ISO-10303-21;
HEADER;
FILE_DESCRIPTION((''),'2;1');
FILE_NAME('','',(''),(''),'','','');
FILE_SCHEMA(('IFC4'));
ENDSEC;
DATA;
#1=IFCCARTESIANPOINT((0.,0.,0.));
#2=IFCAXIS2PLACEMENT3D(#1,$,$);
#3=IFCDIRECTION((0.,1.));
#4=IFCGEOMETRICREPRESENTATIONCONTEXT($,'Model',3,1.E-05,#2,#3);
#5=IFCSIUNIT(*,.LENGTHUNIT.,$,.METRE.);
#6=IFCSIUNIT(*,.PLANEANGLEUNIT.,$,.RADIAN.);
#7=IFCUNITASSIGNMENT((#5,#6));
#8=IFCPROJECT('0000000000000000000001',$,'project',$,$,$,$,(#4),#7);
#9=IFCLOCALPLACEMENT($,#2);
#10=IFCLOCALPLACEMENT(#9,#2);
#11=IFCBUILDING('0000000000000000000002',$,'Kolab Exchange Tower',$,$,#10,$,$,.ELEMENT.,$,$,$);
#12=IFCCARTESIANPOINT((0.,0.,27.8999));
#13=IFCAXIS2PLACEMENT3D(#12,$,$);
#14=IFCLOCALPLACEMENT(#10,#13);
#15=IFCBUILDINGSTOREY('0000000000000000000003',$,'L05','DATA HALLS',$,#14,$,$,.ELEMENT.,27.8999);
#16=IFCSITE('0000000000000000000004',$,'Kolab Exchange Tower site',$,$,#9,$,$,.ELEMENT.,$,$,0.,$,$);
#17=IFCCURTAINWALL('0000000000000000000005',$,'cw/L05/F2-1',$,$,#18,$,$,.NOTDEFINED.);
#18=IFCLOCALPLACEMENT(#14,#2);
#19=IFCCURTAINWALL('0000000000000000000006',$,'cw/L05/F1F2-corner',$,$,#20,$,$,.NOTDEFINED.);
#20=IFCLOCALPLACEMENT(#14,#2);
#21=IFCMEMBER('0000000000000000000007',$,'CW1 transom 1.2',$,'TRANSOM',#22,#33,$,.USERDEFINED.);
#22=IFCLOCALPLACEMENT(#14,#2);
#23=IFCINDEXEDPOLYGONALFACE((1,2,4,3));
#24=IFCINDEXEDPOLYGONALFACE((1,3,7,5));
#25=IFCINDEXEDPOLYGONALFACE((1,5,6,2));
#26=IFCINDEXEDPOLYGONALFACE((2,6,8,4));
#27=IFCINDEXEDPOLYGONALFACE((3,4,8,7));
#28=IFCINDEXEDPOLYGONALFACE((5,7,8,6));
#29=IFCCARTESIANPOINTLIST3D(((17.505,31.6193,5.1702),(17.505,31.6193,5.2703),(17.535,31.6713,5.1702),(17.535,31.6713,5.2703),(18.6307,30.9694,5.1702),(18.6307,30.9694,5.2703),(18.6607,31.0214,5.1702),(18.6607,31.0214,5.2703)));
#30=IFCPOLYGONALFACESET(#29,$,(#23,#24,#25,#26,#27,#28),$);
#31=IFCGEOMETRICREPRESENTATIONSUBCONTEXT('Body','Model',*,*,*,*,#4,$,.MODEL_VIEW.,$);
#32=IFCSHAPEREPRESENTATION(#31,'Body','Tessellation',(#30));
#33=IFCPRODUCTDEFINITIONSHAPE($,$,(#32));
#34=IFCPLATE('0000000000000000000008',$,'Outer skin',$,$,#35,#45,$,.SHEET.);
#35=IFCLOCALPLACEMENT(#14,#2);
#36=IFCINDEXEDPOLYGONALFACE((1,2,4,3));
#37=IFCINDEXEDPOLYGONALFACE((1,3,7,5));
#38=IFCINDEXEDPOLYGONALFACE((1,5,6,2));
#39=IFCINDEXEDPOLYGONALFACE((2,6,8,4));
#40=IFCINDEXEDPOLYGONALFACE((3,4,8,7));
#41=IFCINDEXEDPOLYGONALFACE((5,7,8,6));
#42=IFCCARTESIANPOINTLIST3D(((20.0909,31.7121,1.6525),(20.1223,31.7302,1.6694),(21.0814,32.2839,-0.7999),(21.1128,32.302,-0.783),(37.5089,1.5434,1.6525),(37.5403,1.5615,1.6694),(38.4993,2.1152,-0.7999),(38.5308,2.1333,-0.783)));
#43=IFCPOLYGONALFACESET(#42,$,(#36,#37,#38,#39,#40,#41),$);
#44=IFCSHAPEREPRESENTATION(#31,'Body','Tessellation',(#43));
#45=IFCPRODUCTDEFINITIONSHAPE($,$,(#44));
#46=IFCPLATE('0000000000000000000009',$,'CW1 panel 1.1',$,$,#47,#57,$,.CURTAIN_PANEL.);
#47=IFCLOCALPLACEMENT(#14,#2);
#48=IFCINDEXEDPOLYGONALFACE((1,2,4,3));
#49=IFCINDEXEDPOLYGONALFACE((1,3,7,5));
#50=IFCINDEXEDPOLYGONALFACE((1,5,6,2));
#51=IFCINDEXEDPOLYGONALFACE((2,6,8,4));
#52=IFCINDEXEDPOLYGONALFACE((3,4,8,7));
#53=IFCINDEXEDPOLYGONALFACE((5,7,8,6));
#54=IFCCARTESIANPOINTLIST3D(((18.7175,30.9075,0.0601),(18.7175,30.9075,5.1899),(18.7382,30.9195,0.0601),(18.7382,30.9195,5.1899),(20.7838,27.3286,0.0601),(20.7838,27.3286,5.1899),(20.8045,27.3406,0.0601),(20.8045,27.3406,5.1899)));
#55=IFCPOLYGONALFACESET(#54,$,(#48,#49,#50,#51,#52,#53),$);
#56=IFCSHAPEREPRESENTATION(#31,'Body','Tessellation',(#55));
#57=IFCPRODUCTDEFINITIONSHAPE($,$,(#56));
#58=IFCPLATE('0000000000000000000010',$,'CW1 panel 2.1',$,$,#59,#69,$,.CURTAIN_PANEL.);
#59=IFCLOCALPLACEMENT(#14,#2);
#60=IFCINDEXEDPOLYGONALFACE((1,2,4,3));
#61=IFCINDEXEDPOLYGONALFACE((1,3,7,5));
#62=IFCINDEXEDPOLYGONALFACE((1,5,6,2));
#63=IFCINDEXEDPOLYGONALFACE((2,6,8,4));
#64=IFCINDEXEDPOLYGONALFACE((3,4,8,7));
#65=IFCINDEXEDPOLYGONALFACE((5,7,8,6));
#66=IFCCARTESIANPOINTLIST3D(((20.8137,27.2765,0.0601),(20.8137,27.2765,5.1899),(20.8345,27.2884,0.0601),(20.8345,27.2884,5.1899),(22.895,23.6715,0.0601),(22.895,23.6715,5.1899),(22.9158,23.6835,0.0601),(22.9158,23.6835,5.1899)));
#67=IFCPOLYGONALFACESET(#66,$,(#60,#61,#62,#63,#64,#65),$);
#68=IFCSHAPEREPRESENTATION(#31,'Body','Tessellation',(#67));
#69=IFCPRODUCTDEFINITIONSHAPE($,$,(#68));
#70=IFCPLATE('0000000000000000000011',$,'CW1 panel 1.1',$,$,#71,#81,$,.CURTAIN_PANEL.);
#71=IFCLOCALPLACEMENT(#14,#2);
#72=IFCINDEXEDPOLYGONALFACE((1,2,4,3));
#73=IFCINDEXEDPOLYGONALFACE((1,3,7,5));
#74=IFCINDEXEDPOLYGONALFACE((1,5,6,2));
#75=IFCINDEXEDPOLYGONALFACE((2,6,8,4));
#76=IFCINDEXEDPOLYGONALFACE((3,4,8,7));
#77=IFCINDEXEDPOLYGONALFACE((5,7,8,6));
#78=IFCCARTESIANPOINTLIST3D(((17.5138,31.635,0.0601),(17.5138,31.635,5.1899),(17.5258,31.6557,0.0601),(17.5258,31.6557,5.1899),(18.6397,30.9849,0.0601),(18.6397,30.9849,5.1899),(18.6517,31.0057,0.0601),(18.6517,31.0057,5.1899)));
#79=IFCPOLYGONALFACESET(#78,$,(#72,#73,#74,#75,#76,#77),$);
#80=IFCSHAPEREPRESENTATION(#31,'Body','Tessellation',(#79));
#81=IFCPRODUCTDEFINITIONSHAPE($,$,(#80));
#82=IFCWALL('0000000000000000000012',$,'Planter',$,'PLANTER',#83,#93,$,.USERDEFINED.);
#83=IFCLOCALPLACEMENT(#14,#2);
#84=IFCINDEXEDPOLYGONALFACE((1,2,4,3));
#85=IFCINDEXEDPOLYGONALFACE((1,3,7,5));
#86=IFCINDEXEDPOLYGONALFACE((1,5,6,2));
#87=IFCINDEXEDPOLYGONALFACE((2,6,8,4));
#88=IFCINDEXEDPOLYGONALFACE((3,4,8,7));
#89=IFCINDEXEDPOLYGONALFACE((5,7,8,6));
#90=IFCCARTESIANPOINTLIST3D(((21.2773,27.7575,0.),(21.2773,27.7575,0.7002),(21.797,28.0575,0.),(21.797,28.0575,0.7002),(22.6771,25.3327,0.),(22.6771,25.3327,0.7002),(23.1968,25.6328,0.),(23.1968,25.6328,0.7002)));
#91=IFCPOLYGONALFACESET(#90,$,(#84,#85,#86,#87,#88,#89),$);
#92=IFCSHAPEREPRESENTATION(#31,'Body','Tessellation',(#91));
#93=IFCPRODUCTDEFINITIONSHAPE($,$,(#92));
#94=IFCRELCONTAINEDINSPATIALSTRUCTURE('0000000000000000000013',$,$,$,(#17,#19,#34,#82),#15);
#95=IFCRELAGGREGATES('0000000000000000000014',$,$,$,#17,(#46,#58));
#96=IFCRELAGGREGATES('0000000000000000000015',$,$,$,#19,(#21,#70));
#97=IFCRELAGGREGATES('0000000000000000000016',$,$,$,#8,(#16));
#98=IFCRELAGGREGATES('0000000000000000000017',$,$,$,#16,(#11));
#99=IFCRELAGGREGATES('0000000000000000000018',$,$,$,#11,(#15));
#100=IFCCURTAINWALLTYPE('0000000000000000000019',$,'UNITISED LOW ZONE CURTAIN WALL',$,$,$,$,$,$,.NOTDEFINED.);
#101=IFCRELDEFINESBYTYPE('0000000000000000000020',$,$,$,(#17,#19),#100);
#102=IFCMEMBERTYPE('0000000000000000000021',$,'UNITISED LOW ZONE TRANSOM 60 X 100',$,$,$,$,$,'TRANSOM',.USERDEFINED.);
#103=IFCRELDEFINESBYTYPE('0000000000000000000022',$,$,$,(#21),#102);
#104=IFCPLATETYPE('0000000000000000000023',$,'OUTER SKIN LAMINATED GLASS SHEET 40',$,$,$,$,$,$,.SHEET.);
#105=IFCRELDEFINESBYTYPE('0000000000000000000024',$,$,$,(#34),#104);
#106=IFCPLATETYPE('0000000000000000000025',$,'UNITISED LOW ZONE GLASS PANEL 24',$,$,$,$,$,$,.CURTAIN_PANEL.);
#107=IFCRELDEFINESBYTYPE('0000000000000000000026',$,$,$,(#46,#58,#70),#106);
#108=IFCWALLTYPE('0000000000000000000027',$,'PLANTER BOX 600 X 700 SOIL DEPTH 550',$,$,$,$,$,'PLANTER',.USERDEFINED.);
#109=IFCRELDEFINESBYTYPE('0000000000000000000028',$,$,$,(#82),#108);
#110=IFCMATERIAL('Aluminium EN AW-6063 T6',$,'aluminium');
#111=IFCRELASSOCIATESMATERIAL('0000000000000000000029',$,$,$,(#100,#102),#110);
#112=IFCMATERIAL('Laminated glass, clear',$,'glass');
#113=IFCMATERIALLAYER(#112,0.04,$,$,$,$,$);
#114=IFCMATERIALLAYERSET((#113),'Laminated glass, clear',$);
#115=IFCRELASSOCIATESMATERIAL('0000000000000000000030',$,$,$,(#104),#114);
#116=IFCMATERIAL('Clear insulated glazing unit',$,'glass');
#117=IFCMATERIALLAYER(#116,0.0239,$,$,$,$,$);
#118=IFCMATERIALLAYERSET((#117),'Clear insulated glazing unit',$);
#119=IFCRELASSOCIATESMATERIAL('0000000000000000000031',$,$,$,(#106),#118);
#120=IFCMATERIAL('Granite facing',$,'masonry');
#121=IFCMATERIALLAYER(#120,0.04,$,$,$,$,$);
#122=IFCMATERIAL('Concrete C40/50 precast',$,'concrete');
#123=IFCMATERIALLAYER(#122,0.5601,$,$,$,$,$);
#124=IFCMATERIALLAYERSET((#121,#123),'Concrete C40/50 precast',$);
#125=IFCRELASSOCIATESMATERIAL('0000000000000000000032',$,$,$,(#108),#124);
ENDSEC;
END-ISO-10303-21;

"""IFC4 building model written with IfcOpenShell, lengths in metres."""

from ifc_helpers import new_model, si_unit, direction, frame, frame_2d, origin, origin_2d, place, context, subcontext, project, spatial, polyline, rectangle, outline, extrude, material, layer, layer_set, material_profile, profile_set, type_object, element, aggregate, save


model = new_model("IFC4")

# Units and contexts
model_context = context("Model", 3, precision=1e-05, world=origin(), true_north=direction((0.0, 1.0)))
body_context = subcontext(model_context, "Body", "Model", "MODEL_VIEW")
ifc_project = project(units=[si_unit("LENGTHUNIT", "METRE"), si_unit("PLANEANGLEUNIT", "RADIAN")], contexts=[model_context])

# Site, building, storey
site_placement = place(None, origin())
site = spatial("IfcSite", under=ifc_project, at=site_placement, Name="Kolab Exchange Tower site", CompositionType="ELEMENT", RefElevation=0.0)
building_placement = place(site_placement, origin())
building = spatial("IfcBuilding", under=site, at=building_placement, Name="Kolab Exchange Tower", CompositionType="ELEMENT")
storey_placement = place(building_placement, frame((0.0, 0.0, 27.8999)))
storey = spatial("IfcBuildingStorey", under=building, at=storey_placement, Name="L05", Description="DATA HALLS", CompositionType="ELEMENT", Elevation=27.8999)

# Curtain wall
ifc_material_1 = material(Name="Aluminium EN AW-6063 T6", Category="aluminium")
curtain_wall_type = type_object("IfcCurtainWallType", Name="UNITISED LOW ZONE CURTAIN WALL", PredefinedType="NOTDEFINED", material=ifc_material_1)
curtain_wall_1_placement = place(storey_placement, origin())
curtain_wall_1 = element("IfcCurtainWall", 1, at=curtain_wall_1_placement, inside=storey, type_object=curtain_wall_type, Name="cw/L05/F2-1", PredefinedType="NOTDEFINED")

# Curtain wall
curtain_wall_2_placement = place(storey_placement, origin())
curtain_wall_2 = element("IfcCurtainWall", 2, at=curtain_wall_2_placement, inside=storey, type_object=curtain_wall_type, Name="cw/L05/F1F2-corner", PredefinedType="NOTDEFINED")

# Member
ifc_material_profile_1 = material_profile(ifc_material_1, rectangle(XDim=0.0601, YDim=0.1001, at=origin_2d()), Name="RECT 60X100")
ifc_profile_set_1 = profile_set([ifc_material_profile_1], Name="Aluminium EN AW-6063 T6")
member_type_1 = type_object("IfcMemberType", Name="UNITISED LOW ZONE TRANSOM 60 X 100", ElementType="TRANSOM", PredefinedType="USERDEFINED", material=ifc_profile_set_1)
member_1_placement = place(storey_placement, frame((17.52, 31.6453, 5.2202), z_axis=(0.866039, -0.499977, 0.0), x_axis=(0.499977, 0.866039, 0.0)))
member_1 = element("IfcMember", 3, at=member_1_placement, type_object=member_type_1, Name="CW1 transom 1.2", ObjectType="TRANSOM", PredefinedType="USERDEFINED", context=body_context, shape_type="SweptSolid", body=[
    extrude(rectangle(XDim=0.0601, YDim=0.1001, at=origin_2d()), origin(), (0.0, 0.0, 1.0), 1.2998),
])

# Plates
ifc_material_2 = material(Name="Laminated glass, clear", Category="glass")
ifc_layer_1 = layer(ifc_material_2, 0.04)
ifc_layer_set_1 = layer_set([ifc_layer_1], Name="Laminated glass, clear")
plate_type_1 = type_object("IfcPlateType", Name="OUTER SKIN LAMINATED GLASS SHEET 40", PredefinedType="SHEET", material=ifc_layer_set_1)
plate_1_placement = place(storey_placement, frame((21.1128, 32.302, -0.783), z_axis=(0.784873, 0.453148, 0.422648), x_axis=(0.500001, -0.866025, 0.0)))
element("IfcPlate", 4, at=plate_1_placement, inside=storey, type_object=plate_type_1, Name="Outer skin", PredefinedType="SHEET", context=body_context, shape_type="SweptSolid", body=[
    extrude(outline(polyline([(0.0, 0.0), (34.8358, 0.0), (34.8358, -2.706), (-0.0001, -2.706), (0.0, 0.0)])), origin(), (0.0, 0.0, -1.0), 0.04),
])
ifc_material_3 = material(Name="Clear insulated glazing unit", Category="glass")
ifc_layer_2 = layer(ifc_material_3, 0.0239)
ifc_layer_set_2 = layer_set([ifc_layer_2], Name="Clear insulated glazing unit")
plate_type_2 = type_object("IfcPlateType", Name="UNITISED LOW ZONE GLASS PANEL 24", PredefinedType="CURTAIN_PANEL", material=ifc_layer_set_2)
plate_2_placement = place(storey_placement, frame((19.761, 29.124, 0.0601), z_axis=(0.0, 0.0, 1.0), x_axis=(0.5, -0.866025, 0.0)))
plate_2 = element("IfcPlate", 5, at=plate_2_placement, type_object=plate_type_2, Name="CW1 panel 1.1", PredefinedType="CURTAIN_PANEL", context=body_context, shape_type="SweptSolid", body=[
    extrude(rectangle(XDim=4.1326, YDim=0.0239, at=origin_2d()), origin(), (0.0, 0.0, 1.0), 5.1299),
])
plate_3_placement = place(storey_placement, frame((21.8647, 25.48, 0.0601), z_axis=(0.0, 0.0, 1.0), x_axis=(0.5, -0.866025, 0.0)))
plate_3 = element("IfcPlate", 6, at=plate_3_placement, type_object=plate_type_2, Name="CW1 panel 2.1", PredefinedType="CURTAIN_PANEL", context=body_context, shape_type="SweptSolid", body=[
    extrude(rectangle(XDim=4.1626, YDim=0.0239, at=origin_2d()), origin(), (0.0, 0.0, 1.0), 5.1299),
])
aggregate(curtain_wall_1, [plate_2, plate_3])
plate_4_placement = place(storey_placement, frame((18.0828, 31.3203, 0.0601), z_axis=(0.0, 0.0, 1.0), x_axis=(0.866025, -0.5, 0.0)))
plate_4 = element("IfcPlate", 7, at=plate_4_placement, type_object=plate_type_2, Name="CW1 panel 1.1", PredefinedType="CURTAIN_PANEL", context=body_context, shape_type="SweptSolid", body=[
    extrude(rectangle(XDim=1.3, YDim=0.0239, at=origin_2d()), origin(), (0.0, 0.0, 1.0), 5.1299),
])
aggregate(curtain_wall_2, [member_1, plate_4])

# Wall
ifc_material_4 = material(Name="Granite facing", Category="masonry")
ifc_layer_3 = layer(ifc_material_4, 0.04)
ifc_material_5 = material(Name="Concrete C40/50 precast", Category="concrete")
ifc_layer_4 = layer(ifc_material_5, 0.5601)
ifc_layer_set_3 = layer_set([ifc_layer_3, ifc_layer_4], Name="Concrete C40/50 precast")
wall_type = type_object("IfcWallType", Name="PLANTER BOX 600 X 700 SOIL DEPTH 550", ElementType="PLANTER", PredefinedType="USERDEFINED", material=ifc_layer_set_3)
wall_placement = place(storey_placement, frame((21.5371, 27.9075, 0.0), z_axis=(0.0, 0.0, 1.0), x_axis=(0.499984, -0.866035, 0.0)))
element("IfcWall", 8, at=wall_placement, inside=storey, type_object=wall_type, Name="Planter", ObjectType="PLANTER", PredefinedType="USERDEFINED", context=body_context, shape_type="SweptSolid", body=[
    extrude(rectangle(XDim=2.7998, YDim=0.6001, at=frame_2d((1.3999, 0.0))), origin(), (0.0, 0.0, 1.0), 0.7002),
])

save(model, "model.ifc")
